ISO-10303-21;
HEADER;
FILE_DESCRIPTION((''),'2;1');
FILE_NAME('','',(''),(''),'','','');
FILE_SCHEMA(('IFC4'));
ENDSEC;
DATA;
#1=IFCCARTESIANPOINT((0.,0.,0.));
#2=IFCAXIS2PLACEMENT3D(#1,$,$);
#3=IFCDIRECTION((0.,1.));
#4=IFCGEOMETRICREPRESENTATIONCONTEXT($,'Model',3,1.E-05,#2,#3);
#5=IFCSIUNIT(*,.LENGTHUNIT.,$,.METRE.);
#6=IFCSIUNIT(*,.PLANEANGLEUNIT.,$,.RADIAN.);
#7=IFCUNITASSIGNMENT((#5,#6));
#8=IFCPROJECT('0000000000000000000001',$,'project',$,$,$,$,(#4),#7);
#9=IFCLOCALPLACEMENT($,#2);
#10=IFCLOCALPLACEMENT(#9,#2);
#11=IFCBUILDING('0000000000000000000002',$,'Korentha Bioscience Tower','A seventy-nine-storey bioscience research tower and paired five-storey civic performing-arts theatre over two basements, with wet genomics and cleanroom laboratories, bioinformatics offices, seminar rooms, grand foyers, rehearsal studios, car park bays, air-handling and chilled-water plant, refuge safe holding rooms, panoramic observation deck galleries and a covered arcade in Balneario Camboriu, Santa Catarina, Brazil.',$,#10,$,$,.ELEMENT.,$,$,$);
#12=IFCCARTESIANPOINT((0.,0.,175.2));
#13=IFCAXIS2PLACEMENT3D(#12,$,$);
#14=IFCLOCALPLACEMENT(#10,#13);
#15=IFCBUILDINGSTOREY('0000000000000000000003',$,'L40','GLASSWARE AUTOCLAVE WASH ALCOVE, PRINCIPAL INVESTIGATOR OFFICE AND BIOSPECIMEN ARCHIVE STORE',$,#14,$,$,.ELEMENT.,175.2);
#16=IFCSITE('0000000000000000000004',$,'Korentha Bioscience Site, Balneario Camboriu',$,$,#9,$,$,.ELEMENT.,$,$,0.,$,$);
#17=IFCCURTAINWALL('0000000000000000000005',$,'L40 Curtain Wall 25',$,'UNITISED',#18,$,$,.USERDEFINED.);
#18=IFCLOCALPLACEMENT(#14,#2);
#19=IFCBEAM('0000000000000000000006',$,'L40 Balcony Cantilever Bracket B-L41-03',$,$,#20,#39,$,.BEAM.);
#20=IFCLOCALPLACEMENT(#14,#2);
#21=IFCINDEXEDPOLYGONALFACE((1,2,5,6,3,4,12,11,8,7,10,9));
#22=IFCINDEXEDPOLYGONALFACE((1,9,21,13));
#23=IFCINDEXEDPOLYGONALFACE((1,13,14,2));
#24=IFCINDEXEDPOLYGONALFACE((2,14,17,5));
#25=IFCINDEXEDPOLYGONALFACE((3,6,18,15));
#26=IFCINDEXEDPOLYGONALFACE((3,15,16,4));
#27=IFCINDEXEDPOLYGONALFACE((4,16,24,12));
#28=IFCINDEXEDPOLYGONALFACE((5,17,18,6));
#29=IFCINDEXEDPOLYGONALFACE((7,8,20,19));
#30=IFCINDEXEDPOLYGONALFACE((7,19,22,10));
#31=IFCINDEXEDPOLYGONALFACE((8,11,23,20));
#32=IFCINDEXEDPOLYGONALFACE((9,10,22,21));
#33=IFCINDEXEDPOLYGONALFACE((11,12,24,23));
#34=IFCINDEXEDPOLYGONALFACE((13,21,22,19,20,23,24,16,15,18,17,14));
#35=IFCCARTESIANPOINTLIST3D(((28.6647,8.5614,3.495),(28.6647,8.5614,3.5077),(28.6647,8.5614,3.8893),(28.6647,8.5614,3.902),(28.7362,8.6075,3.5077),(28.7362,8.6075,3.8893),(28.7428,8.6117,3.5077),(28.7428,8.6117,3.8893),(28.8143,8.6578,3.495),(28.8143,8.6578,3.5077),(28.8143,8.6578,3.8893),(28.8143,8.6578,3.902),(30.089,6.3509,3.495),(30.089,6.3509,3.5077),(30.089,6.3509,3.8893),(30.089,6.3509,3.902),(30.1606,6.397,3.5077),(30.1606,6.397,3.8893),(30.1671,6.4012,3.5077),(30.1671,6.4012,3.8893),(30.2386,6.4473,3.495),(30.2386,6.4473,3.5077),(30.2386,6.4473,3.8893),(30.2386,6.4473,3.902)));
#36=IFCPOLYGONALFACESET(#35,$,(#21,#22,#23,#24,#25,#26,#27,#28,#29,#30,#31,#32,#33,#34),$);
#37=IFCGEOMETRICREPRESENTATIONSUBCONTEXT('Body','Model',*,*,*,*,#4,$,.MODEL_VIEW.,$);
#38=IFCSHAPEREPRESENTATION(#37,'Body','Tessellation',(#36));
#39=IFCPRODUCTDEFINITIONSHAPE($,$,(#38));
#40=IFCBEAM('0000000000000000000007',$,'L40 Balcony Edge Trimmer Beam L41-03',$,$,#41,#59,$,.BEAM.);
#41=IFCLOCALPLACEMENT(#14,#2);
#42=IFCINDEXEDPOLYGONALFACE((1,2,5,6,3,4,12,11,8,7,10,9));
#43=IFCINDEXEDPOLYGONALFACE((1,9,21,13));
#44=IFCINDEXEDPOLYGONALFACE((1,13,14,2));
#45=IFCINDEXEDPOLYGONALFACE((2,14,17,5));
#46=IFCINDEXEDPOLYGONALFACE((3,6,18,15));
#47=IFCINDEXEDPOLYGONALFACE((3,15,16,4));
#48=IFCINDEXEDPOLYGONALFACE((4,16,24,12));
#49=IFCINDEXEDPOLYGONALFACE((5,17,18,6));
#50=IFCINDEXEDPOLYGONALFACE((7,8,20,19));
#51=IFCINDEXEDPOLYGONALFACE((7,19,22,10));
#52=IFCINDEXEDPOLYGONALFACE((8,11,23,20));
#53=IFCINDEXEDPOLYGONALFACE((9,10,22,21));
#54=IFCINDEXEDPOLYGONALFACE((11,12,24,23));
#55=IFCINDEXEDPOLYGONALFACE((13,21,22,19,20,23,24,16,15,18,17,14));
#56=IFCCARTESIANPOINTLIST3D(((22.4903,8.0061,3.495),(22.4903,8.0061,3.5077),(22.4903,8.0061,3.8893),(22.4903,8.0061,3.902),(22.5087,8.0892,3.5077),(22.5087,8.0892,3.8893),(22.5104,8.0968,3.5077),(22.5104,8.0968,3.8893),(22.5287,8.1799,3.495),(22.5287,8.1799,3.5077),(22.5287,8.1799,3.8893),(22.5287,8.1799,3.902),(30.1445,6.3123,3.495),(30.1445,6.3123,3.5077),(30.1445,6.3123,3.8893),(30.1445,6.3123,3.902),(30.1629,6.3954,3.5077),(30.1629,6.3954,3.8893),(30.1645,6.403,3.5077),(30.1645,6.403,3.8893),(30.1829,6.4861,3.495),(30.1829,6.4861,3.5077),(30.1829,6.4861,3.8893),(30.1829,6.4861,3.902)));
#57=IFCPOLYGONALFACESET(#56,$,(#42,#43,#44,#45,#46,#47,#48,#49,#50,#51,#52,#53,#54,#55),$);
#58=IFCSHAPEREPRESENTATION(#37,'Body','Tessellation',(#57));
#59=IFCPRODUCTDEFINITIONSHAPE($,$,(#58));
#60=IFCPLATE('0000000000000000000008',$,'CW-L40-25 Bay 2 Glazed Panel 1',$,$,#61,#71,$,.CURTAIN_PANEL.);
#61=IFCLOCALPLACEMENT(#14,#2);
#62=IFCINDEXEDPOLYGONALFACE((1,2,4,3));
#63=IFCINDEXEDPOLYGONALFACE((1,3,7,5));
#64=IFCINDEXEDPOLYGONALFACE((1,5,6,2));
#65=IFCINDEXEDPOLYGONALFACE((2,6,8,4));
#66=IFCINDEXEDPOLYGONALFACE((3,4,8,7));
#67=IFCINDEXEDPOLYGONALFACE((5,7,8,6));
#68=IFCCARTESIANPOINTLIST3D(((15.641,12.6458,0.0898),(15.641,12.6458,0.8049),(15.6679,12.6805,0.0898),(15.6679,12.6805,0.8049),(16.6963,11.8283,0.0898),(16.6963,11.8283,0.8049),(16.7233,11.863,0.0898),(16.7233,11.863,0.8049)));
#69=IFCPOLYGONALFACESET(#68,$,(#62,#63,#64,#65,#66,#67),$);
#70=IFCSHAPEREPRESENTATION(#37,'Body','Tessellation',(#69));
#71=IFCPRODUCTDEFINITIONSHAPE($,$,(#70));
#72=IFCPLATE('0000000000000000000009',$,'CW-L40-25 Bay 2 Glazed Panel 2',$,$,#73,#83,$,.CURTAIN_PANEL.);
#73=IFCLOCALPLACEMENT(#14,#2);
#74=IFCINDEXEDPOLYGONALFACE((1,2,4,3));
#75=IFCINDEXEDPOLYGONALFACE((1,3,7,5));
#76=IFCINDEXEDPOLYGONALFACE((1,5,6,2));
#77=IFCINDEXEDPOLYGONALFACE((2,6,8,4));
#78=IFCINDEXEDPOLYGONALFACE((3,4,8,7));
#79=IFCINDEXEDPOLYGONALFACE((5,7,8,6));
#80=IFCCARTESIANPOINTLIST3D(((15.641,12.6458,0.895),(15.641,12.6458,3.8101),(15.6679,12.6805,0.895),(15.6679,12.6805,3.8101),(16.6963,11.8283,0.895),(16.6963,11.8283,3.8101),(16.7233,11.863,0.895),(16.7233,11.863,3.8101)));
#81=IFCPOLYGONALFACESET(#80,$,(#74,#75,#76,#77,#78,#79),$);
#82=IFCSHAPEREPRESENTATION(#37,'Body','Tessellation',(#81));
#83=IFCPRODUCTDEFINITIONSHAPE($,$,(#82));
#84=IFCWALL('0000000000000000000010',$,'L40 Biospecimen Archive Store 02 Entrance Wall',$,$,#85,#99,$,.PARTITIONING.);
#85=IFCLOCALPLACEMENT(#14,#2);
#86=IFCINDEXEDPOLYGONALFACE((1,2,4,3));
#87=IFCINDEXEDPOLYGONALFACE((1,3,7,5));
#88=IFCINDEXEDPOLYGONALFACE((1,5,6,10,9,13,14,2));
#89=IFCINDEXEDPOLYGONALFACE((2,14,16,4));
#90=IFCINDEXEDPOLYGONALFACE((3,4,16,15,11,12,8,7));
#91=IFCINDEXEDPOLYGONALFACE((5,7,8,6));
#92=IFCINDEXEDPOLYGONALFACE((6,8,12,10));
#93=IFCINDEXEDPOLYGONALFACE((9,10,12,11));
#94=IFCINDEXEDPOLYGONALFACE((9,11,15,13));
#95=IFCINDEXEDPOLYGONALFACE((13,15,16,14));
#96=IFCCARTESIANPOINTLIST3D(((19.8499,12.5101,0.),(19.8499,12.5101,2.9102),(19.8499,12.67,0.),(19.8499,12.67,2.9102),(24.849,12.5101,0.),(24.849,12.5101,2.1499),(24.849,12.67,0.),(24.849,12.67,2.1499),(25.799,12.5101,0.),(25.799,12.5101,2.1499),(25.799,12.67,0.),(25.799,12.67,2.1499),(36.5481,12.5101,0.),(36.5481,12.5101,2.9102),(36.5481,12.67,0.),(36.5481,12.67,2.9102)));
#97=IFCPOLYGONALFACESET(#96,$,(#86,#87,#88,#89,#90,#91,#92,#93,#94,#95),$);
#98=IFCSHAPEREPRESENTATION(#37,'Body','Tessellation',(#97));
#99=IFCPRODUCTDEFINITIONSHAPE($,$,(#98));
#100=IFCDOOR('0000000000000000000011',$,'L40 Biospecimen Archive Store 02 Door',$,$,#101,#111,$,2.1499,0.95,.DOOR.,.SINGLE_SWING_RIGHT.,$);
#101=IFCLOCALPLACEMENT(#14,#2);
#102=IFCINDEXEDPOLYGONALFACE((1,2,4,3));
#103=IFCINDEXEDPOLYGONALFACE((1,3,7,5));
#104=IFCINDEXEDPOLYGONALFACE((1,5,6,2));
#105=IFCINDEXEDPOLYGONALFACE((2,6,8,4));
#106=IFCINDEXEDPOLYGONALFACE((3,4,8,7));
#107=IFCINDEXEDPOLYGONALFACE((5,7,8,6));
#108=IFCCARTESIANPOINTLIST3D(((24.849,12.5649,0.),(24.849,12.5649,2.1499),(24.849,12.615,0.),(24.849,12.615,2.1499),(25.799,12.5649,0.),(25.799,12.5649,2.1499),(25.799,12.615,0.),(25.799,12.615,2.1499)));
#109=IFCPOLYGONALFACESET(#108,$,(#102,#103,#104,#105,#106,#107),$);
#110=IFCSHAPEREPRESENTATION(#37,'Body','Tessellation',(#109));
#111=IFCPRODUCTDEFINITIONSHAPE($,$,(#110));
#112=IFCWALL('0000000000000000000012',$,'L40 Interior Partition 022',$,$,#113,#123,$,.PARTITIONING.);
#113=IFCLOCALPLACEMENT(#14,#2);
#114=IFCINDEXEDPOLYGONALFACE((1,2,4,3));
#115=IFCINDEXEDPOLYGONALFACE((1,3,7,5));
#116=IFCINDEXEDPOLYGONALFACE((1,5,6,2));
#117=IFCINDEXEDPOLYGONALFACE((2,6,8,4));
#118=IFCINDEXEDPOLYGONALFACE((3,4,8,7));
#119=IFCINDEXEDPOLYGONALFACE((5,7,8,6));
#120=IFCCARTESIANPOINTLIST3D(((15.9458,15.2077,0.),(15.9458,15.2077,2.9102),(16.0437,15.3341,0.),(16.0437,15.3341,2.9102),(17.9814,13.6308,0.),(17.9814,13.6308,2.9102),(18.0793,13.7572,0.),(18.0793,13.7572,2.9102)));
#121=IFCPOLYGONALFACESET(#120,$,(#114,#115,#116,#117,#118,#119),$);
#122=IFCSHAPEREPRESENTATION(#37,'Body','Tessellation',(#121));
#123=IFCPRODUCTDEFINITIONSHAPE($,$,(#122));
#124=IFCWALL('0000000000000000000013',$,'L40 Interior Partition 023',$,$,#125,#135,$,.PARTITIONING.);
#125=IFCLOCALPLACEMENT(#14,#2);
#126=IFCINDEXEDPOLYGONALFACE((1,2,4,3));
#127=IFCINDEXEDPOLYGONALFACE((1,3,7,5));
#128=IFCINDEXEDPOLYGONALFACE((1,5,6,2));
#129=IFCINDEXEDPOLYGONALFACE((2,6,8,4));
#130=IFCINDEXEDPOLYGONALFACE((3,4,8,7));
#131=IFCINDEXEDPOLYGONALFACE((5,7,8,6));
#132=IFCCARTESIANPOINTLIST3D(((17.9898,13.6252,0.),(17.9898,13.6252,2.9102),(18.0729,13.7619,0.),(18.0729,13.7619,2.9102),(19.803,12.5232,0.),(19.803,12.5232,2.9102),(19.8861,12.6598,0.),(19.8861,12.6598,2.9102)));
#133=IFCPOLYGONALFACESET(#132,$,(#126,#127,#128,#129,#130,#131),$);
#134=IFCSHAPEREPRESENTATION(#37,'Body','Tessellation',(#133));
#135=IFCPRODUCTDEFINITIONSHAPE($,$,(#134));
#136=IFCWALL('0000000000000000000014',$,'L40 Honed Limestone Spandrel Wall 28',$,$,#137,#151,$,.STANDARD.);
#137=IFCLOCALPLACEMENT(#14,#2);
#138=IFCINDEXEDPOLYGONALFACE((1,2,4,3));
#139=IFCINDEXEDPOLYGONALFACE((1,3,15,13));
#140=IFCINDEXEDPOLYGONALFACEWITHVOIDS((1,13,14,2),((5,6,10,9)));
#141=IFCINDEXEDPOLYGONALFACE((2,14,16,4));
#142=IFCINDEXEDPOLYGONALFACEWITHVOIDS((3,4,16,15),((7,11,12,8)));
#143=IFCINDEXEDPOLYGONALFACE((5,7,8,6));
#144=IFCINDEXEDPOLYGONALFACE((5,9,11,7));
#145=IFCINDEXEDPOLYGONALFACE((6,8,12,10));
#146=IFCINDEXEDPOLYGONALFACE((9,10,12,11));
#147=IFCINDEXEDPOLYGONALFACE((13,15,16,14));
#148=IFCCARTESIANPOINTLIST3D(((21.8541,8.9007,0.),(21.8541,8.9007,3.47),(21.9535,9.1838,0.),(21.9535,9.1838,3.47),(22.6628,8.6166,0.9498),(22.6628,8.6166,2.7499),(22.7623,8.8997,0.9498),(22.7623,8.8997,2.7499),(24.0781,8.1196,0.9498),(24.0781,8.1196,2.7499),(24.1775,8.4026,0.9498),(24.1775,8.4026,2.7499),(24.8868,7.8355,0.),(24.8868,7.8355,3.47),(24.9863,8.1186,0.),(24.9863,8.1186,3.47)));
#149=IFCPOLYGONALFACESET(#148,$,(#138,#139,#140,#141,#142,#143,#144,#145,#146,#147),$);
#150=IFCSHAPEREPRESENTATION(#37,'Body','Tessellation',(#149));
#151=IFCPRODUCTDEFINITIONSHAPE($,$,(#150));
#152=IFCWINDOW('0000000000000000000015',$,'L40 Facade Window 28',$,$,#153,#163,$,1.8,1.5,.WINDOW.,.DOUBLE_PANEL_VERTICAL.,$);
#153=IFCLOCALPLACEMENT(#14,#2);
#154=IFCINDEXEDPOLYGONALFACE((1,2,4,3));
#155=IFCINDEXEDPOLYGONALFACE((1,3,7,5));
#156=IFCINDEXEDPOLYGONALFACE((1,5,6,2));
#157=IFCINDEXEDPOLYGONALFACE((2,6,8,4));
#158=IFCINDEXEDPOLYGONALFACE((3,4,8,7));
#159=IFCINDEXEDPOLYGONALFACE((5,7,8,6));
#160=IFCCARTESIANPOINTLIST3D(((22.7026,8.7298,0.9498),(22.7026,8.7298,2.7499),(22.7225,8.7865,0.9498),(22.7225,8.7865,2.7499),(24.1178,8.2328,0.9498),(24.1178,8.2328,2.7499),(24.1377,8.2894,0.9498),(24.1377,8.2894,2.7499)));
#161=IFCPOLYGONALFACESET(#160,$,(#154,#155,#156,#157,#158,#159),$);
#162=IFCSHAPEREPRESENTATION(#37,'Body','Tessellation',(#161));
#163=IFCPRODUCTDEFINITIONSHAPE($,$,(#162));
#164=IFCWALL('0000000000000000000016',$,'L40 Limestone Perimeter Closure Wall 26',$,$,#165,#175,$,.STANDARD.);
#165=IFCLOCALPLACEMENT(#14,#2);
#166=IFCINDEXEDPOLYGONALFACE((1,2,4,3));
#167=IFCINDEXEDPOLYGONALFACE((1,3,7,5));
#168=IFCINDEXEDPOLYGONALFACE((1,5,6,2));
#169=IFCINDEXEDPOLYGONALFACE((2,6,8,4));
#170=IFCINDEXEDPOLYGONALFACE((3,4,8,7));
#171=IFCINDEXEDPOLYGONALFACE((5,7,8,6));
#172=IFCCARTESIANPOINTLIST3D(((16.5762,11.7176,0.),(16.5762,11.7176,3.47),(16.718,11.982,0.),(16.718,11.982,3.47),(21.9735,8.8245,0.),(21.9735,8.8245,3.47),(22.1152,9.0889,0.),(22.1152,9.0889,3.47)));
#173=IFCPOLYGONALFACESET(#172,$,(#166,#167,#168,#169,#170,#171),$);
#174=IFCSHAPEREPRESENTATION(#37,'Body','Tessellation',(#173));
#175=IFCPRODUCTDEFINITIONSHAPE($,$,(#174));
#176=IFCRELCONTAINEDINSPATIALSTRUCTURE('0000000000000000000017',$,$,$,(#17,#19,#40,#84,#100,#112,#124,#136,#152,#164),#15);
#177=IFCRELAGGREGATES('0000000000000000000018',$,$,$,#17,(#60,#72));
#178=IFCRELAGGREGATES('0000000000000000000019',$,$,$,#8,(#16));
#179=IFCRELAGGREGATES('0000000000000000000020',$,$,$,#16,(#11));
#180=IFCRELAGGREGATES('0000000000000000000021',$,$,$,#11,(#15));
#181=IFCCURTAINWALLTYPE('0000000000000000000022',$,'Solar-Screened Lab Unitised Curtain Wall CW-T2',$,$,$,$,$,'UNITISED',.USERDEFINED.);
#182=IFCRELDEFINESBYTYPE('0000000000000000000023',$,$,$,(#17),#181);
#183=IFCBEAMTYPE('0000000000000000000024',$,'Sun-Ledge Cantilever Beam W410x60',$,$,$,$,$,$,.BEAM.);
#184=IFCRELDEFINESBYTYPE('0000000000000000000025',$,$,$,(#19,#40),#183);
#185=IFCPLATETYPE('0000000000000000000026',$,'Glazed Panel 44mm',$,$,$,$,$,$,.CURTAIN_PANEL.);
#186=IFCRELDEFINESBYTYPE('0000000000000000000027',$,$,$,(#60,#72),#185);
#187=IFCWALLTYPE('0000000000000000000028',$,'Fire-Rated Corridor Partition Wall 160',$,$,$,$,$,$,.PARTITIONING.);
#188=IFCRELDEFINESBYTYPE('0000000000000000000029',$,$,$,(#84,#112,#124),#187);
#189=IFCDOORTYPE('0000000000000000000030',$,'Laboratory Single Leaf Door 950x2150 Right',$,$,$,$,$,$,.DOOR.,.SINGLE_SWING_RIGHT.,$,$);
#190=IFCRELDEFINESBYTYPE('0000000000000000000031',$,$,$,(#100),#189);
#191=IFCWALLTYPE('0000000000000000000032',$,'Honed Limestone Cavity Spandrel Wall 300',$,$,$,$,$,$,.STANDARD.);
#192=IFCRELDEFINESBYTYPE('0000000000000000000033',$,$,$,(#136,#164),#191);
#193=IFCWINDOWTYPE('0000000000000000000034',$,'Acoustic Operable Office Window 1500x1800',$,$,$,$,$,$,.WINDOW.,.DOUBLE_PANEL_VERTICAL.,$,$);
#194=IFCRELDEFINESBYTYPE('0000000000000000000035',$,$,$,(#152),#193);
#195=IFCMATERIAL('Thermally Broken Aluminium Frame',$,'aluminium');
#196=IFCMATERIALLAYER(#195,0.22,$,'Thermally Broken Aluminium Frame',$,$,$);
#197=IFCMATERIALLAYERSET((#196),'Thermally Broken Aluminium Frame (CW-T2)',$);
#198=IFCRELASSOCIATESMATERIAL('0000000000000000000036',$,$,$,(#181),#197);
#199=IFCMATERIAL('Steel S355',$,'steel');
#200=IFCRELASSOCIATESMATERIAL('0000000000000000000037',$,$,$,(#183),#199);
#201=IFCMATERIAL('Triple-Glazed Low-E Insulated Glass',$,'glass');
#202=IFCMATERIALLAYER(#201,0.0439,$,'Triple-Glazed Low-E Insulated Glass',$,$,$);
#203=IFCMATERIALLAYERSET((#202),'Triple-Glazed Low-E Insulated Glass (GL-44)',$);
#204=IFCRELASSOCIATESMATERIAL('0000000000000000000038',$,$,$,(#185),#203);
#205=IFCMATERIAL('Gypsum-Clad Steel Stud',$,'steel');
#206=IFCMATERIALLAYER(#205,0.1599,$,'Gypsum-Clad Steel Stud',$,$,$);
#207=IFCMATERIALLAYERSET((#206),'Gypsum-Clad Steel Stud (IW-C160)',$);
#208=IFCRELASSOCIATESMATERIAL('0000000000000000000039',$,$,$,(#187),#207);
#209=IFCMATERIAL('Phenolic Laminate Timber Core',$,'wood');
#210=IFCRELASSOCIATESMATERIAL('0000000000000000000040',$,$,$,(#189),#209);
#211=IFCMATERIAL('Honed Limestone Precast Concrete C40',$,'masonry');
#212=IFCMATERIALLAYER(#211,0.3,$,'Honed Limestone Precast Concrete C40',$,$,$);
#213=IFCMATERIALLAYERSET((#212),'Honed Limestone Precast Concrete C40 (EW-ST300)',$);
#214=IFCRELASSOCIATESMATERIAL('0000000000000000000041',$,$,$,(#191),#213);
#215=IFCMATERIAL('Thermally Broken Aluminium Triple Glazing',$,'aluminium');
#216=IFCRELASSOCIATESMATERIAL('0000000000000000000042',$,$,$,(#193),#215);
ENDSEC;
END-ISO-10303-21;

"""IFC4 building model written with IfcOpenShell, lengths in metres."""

from ifc_helpers import new_model, si_unit, direction, frame, frame_2d, origin, origin_2d, place, context, subcontext, project, spatial, rectangle, i_section, extrude, material, layer, layer_set, material_profile, profile_set, type_object, element, fill, aggregate, save


model = new_model("IFC4")

# Units and contexts
model_context = context("Model", 3, precision=1e-05, world=origin(), true_north=direction((0.0, 1.0)))
body_context = subcontext(model_context, "Body", "Model", "MODEL_VIEW")
ifc_project = project(units=[si_unit("LENGTHUNIT", "METRE"), si_unit("PLANEANGLEUNIT", "RADIAN")], contexts=[model_context])

# Site, building, storey
site_placement = place(None, origin())
site = spatial("IfcSite", under=ifc_project, at=site_placement, Name="Korentha Bioscience Site, Balneario Camboriu", CompositionType="ELEMENT", RefElevation=0.0)
building_placement = place(site_placement, origin())
building = spatial("IfcBuilding", under=site, at=building_placement, Name="Korentha Bioscience Tower", Description="A seventy-nine-storey bioscience research tower and paired five-storey civic performing-arts theatre over two basements, with wet genomics and cleanroom laboratories, bioinformatics offices, seminar rooms, grand foyers, rehearsal studios, car park bays, air-handling and chilled-water plant, refuge safe holding rooms, panoramic observation deck galleries and a covered arcade in Balneario Camboriu, Santa Catarina, Brazil.", CompositionType="ELEMENT")
storey_placement = place(building_placement, frame((0.0, 0.0, 175.2)))
storey = spatial("IfcBuildingStorey", under=building, at=storey_placement, Name="L40", Description="GLASSWARE AUTOCLAVE WASH ALCOVE, PRINCIPAL INVESTIGATOR OFFICE AND BIOSPECIMEN ARCHIVE STORE", CompositionType="ELEMENT", Elevation=175.2)

# Curtain wall
ifc_material_1 = material(Name="Thermally Broken Aluminium Frame", Category="aluminium")
ifc_layer_1 = layer(ifc_material_1, 0.22, Name="Thermally Broken Aluminium Frame")
ifc_layer_set_1 = layer_set([ifc_layer_1], Name="Thermally Broken Aluminium Frame (CW-T2)")
curtain_wall_type = type_object("IfcCurtainWallType", Name="Solar-Screened Lab Unitised Curtain Wall CW-T2", ElementType="UNITISED", PredefinedType="USERDEFINED", material=ifc_layer_set_1)
curtain_wall_placement = place(storey_placement, origin())
curtain_wall = element("IfcCurtainWall", 1, at=curtain_wall_placement, inside=storey, type_object=curtain_wall_type, Name="L40 Curtain Wall 25", ObjectType="UNITISED", PredefinedType="USERDEFINED")

# Beams
ifc_material_2 = material(Name="Steel S355", Category="steel")
ifc_material_profile_1 = material_profile(ifc_material_2, i_section(OverallWidth=0.178, OverallDepth=0.407, WebThickness=0.0078, FlangeThickness=0.0127, at=origin_2d()), Name="Steel S355")
ifc_profile_set_1 = profile_set([ifc_material_profile_1], Name="Steel S355 (CB-410)")
beam_type_1 = type_object("IfcBeamType", Name="Sun-Ledge Cantilever Beam W410x60", PredefinedType="BEAM", material=ifc_profile_set_1)
beam_1_placement = place(storey_placement, frame((28.7395, 8.6096, 3.6985), z_axis=(0.541649, -0.840605, 0.0), x_axis=(0.840605, 0.541649, 0.0)))
element("IfcBeam", 2, at=beam_1_placement, inside=storey, type_object=beam_type_1, Name="L40 Balcony Cantilever Bracket B-L41-03", PredefinedType="BEAM", context=body_context, shape_type="SweptSolid", body=[
    extrude(i_section(OverallWidth=0.178, OverallDepth=0.407, WebThickness=0.0078, FlangeThickness=0.0127, at=origin_2d()), origin(), (0.0, 0.0, 1.0), 2.6296),
])
beam_2_placement = place(storey_placement, frame((22.5095, 8.093, 3.6985), z_axis=(0.976379, -0.216066, 0.0), x_axis=(0.216066, 0.976379, 0.0)))
element("IfcBeam", 3, at=beam_2_placement, inside=storey, type_object=beam_type_1, Name="L40 Balcony Edge Trimmer Beam L41-03", PredefinedType="BEAM", context=body_context, shape_type="SweptSolid", body=[
    extrude(i_section(OverallWidth=0.178, OverallDepth=0.407, WebThickness=0.0078, FlangeThickness=0.0127, at=origin_2d()), origin(), (0.0, 0.0, 1.0), 7.8394),
])

# Plates
ifc_material_3 = material(Name="Triple-Glazed Low-E Insulated Glass", Category="glass")
ifc_layer_2 = layer(ifc_material_3, 0.0439, Name="Triple-Glazed Low-E Insulated Glass")
ifc_layer_set_2 = layer_set([ifc_layer_2], Name="Triple-Glazed Low-E Insulated Glass (GL-44)")
plate_type = type_object("IfcPlateType", Name="Glazed Panel 44mm", PredefinedType="CURTAIN_PANEL", material=ifc_layer_set_2)
plate_1_placement = place(storey_placement, frame((16.1821, 12.2544, 0.0898), z_axis=(0.0, 0.0, 1.0), x_axis=(0.790547, -0.612402, 0.0)))
plate_1 = element("IfcPlate", 4, at=plate_1_placement, type_object=plate_type, Name="CW-L40-25 Bay 2 Glazed Panel 1", PredefinedType="CURTAIN_PANEL", context=body_context, shape_type="SweptSolid", body=[
    extrude(rectangle(XDim=1.335, YDim=0.0439, at=origin_2d()), origin(), (0.0, 0.0, 1.0), 0.7151),
])
plate_2_placement = place(storey_placement, frame((16.1821, 12.2544, 0.895), z_axis=(0.0, 0.0, 1.0), x_axis=(0.790547, -0.612402, 0.0)))
plate_2 = element("IfcPlate", 5, at=plate_2_placement, type_object=plate_type, Name="CW-L40-25 Bay 2 Glazed Panel 2", PredefinedType="CURTAIN_PANEL", context=body_context, shape_type="SweptSolid", body=[
    extrude(rectangle(XDim=1.335, YDim=0.0439, at=origin_2d()), origin(), (0.0, 0.0, 1.0), 2.915),
])
aggregate(curtain_wall, [plate_1, plate_2])

# Wall, opening, door
ifc_material_4 = material(Name="Gypsum-Clad Steel Stud", Category="steel")
ifc_layer_3 = layer(ifc_material_4, 0.1599, Name="Gypsum-Clad Steel Stud")
ifc_layer_set_3 = layer_set([ifc_layer_3], Name="Gypsum-Clad Steel Stud (IW-C160)")
wall_type_1 = type_object("IfcWallType", Name="Fire-Rated Corridor Partition Wall 160", PredefinedType="PARTITIONING", material=ifc_layer_set_3)
wall_1_placement = place(storey_placement, frame((19.8499, 12.5901, 0.0), z_axis=(0.0, 0.0, 1.0), x_axis=(1.0, 0.0, 0.0)))
wall_1 = element("IfcWall", 6, at=wall_1_placement, inside=storey, type_object=wall_type_1, Name="L40 Biospecimen Archive Store 02 Entrance Wall", PredefinedType="PARTITIONING", context=body_context, shape_type="SweptSolid", body=[
    extrude(rectangle(XDim=16.6982, YDim=0.1599, at=frame_2d((8.3491, 0.0))), origin(), (0.0, 0.0, 1.0), 2.9102),
])
opening_1_placement = place(wall_1_placement, frame((4.999, 0.0, 0.0)))
opening_1 = element("IfcOpeningElement", 7, at=opening_1_placement, cuts=wall_1, PredefinedType="OPENING", context=body_context, shape_type="SweptSolid", body=[
    extrude(rectangle(XDim=0.95, YDim=2.1499, at=frame_2d((0.4751, 1.075))), frame((0.0, 0.0947, 0.0), z_axis=(0.0, -1.0, 0.0), x_axis=(1.0, 0.0, 0.0)), (0.0, 0.0, 1.0), 0.1897),
])
ifc_material_5 = material(Name="Phenolic Laminate Timber Core", Category="wood")
door_type_1 = type_object("IfcDoorType", Name="Laboratory Single Leaf Door 950x2150 Right", OperationType="SINGLE_SWING_RIGHT", PredefinedType="DOOR", material=ifc_material_5)
door_1_placement = place(opening_1_placement, origin())
door_1 = element("IfcDoor", 8, at=door_1_placement, inside=storey, type_object=door_type_1, Name="L40 Biospecimen Archive Store 02 Door", OperationType="SINGLE_SWING_RIGHT", OverallHeight=2.1499, OverallWidth=0.95, PredefinedType="DOOR", context=body_context, shape_type="SweptSolid", body=[
    extrude(rectangle(XDim=0.95, YDim=2.1499, at=frame_2d((0.4751, 1.075))), frame((0.0, 0.0249, 0.0), z_axis=(0.0, -1.0, 0.0), x_axis=(1.0, 0.0, 0.0)), (0.0, 0.0, 1.0), 0.05),
])
fill(opening_1, door_1)

# Walls
wall_2_placement = place(storey_placement, frame((15.9946, 15.271, 0.0), z_axis=(0.0, 0.0, 1.0), x_axis=(0.79055, -0.612397, 0.0)))
element("IfcWall", 9, at=wall_2_placement, inside=storey, type_object=wall_type_1, Name="L40 Interior Partition 022", PredefinedType="PARTITIONING", context=body_context, shape_type="SweptSolid", body=[
    extrude(rectangle(XDim=2.575, YDim=0.1599, at=frame_2d((1.2876, 0.0))), origin(), (0.0, 0.0, 1.0), 2.9102),
])
wall_3_placement = place(storey_placement, frame((18.0312, 13.6936, 0.0), z_axis=(0.0, 0.0, 1.0), x_axis=(0.854545, -0.519377, 0.0)))
element("IfcWall", 10, at=wall_3_placement, inside=storey, type_object=wall_type_1, Name="L40 Interior Partition 023", PredefinedType="PARTITIONING", context=body_context, shape_type="SweptSolid", body=[
    extrude(rectangle(XDim=2.1218, YDim=0.1599, at=frame_2d((1.061, 0.0))), origin(), (0.0, 0.0, 1.0), 2.9102),
])

# Wall, opening, window
ifc_material_6 = material(Name="Honed Limestone Precast Concrete C40", Category="masonry")
ifc_layer_4 = layer(ifc_material_6, 0.3, Name="Honed Limestone Precast Concrete C40")
ifc_layer_set_4 = layer_set([ifc_layer_4], Name="Honed Limestone Precast Concrete C40 (EW-ST300)")
wall_type_2 = type_object("IfcWallType", Name="Honed Limestone Cavity Spandrel Wall 300", PredefinedType="STANDARD", material=ifc_layer_set_4)
wall_4_placement = place(storey_placement, frame((21.9038, 9.0422, 0.0), z_axis=(0.0, 0.0, 1.0), x_axis=(0.943495, -0.331385, 0.0)))
wall_4 = element("IfcWall", 11, at=wall_4_placement, inside=storey, type_object=wall_type_2, Name="L40 Honed Limestone Spandrel Wall 28", PredefinedType="STANDARD", context=body_context, shape_type="SweptSolid", body=[
    extrude(rectangle(XDim=3.2144, YDim=0.3, at=frame_2d((1.6072, 0.0))), origin(), (0.0, 0.0, 1.0), 3.47),
])
opening_2_placement = place(wall_4_placement, frame((0.8572, 0.0, 0.95)))
opening_2 = element("IfcOpeningElement", 12, at=opening_2_placement, cuts=wall_4, PredefinedType="OPENING", context=body_context, shape_type="SweptSolid", body=[
    extrude(rectangle(XDim=1.5, YDim=1.8, at=frame_2d((0.75, 0.8999))), frame((0.0, 0.165, 0.0), z_axis=(0.0, -1.0, 0.0), x_axis=(1.0, 0.0, 0.0)), (0.0, 0.0, 1.0), 0.3298),
])
ifc_material_7 = material(Name="Thermally Broken Aluminium Triple Glazing", Category="aluminium")
window_type = type_object("IfcWindowType", Name="Acoustic Operable Office Window 1500x1800", PartitioningType="DOUBLE_PANEL_VERTICAL", PredefinedType="WINDOW", material=ifc_material_7)
window_placement = place(opening_2_placement, origin())
window = element("IfcWindow", 13, at=window_placement, inside=storey, type_object=window_type, Name="L40 Facade Window 28", OverallHeight=1.8, OverallWidth=1.5, PartitioningType="DOUBLE_PANEL_VERTICAL", PredefinedType="WINDOW", context=body_context, shape_type="SweptSolid", body=[
    extrude(rectangle(XDim=1.5, YDim=1.8, at=frame_2d((0.75, 0.8999))), frame((0.0, 0.03, 0.0), z_axis=(0.0, -1.0, 0.0), x_axis=(1.0, 0.0, 0.0)), (0.0, 0.0, 1.0), 0.0601),
])
fill(opening_2, window)

# Wall
wall_5_placement = place(storey_placement, frame((16.647, 11.8499, 0.0), z_axis=(0.0, 0.0, 1.0), x_axis=(0.881364, -0.472437, 0.0)))
element("IfcWall", 14, at=wall_5_placement, inside=storey, type_object=wall_type_2, Name="L40 Limestone Perimeter Closure Wall 26", PredefinedType="STANDARD", context=body_context, shape_type="SweptSolid", body=[
    extrude(rectangle(XDim=6.1238, YDim=0.3, at=frame_2d((3.062, 0.0))), origin(), (0.0, 0.0, 1.0), 3.47),
])

save(model, "model.ifc")
